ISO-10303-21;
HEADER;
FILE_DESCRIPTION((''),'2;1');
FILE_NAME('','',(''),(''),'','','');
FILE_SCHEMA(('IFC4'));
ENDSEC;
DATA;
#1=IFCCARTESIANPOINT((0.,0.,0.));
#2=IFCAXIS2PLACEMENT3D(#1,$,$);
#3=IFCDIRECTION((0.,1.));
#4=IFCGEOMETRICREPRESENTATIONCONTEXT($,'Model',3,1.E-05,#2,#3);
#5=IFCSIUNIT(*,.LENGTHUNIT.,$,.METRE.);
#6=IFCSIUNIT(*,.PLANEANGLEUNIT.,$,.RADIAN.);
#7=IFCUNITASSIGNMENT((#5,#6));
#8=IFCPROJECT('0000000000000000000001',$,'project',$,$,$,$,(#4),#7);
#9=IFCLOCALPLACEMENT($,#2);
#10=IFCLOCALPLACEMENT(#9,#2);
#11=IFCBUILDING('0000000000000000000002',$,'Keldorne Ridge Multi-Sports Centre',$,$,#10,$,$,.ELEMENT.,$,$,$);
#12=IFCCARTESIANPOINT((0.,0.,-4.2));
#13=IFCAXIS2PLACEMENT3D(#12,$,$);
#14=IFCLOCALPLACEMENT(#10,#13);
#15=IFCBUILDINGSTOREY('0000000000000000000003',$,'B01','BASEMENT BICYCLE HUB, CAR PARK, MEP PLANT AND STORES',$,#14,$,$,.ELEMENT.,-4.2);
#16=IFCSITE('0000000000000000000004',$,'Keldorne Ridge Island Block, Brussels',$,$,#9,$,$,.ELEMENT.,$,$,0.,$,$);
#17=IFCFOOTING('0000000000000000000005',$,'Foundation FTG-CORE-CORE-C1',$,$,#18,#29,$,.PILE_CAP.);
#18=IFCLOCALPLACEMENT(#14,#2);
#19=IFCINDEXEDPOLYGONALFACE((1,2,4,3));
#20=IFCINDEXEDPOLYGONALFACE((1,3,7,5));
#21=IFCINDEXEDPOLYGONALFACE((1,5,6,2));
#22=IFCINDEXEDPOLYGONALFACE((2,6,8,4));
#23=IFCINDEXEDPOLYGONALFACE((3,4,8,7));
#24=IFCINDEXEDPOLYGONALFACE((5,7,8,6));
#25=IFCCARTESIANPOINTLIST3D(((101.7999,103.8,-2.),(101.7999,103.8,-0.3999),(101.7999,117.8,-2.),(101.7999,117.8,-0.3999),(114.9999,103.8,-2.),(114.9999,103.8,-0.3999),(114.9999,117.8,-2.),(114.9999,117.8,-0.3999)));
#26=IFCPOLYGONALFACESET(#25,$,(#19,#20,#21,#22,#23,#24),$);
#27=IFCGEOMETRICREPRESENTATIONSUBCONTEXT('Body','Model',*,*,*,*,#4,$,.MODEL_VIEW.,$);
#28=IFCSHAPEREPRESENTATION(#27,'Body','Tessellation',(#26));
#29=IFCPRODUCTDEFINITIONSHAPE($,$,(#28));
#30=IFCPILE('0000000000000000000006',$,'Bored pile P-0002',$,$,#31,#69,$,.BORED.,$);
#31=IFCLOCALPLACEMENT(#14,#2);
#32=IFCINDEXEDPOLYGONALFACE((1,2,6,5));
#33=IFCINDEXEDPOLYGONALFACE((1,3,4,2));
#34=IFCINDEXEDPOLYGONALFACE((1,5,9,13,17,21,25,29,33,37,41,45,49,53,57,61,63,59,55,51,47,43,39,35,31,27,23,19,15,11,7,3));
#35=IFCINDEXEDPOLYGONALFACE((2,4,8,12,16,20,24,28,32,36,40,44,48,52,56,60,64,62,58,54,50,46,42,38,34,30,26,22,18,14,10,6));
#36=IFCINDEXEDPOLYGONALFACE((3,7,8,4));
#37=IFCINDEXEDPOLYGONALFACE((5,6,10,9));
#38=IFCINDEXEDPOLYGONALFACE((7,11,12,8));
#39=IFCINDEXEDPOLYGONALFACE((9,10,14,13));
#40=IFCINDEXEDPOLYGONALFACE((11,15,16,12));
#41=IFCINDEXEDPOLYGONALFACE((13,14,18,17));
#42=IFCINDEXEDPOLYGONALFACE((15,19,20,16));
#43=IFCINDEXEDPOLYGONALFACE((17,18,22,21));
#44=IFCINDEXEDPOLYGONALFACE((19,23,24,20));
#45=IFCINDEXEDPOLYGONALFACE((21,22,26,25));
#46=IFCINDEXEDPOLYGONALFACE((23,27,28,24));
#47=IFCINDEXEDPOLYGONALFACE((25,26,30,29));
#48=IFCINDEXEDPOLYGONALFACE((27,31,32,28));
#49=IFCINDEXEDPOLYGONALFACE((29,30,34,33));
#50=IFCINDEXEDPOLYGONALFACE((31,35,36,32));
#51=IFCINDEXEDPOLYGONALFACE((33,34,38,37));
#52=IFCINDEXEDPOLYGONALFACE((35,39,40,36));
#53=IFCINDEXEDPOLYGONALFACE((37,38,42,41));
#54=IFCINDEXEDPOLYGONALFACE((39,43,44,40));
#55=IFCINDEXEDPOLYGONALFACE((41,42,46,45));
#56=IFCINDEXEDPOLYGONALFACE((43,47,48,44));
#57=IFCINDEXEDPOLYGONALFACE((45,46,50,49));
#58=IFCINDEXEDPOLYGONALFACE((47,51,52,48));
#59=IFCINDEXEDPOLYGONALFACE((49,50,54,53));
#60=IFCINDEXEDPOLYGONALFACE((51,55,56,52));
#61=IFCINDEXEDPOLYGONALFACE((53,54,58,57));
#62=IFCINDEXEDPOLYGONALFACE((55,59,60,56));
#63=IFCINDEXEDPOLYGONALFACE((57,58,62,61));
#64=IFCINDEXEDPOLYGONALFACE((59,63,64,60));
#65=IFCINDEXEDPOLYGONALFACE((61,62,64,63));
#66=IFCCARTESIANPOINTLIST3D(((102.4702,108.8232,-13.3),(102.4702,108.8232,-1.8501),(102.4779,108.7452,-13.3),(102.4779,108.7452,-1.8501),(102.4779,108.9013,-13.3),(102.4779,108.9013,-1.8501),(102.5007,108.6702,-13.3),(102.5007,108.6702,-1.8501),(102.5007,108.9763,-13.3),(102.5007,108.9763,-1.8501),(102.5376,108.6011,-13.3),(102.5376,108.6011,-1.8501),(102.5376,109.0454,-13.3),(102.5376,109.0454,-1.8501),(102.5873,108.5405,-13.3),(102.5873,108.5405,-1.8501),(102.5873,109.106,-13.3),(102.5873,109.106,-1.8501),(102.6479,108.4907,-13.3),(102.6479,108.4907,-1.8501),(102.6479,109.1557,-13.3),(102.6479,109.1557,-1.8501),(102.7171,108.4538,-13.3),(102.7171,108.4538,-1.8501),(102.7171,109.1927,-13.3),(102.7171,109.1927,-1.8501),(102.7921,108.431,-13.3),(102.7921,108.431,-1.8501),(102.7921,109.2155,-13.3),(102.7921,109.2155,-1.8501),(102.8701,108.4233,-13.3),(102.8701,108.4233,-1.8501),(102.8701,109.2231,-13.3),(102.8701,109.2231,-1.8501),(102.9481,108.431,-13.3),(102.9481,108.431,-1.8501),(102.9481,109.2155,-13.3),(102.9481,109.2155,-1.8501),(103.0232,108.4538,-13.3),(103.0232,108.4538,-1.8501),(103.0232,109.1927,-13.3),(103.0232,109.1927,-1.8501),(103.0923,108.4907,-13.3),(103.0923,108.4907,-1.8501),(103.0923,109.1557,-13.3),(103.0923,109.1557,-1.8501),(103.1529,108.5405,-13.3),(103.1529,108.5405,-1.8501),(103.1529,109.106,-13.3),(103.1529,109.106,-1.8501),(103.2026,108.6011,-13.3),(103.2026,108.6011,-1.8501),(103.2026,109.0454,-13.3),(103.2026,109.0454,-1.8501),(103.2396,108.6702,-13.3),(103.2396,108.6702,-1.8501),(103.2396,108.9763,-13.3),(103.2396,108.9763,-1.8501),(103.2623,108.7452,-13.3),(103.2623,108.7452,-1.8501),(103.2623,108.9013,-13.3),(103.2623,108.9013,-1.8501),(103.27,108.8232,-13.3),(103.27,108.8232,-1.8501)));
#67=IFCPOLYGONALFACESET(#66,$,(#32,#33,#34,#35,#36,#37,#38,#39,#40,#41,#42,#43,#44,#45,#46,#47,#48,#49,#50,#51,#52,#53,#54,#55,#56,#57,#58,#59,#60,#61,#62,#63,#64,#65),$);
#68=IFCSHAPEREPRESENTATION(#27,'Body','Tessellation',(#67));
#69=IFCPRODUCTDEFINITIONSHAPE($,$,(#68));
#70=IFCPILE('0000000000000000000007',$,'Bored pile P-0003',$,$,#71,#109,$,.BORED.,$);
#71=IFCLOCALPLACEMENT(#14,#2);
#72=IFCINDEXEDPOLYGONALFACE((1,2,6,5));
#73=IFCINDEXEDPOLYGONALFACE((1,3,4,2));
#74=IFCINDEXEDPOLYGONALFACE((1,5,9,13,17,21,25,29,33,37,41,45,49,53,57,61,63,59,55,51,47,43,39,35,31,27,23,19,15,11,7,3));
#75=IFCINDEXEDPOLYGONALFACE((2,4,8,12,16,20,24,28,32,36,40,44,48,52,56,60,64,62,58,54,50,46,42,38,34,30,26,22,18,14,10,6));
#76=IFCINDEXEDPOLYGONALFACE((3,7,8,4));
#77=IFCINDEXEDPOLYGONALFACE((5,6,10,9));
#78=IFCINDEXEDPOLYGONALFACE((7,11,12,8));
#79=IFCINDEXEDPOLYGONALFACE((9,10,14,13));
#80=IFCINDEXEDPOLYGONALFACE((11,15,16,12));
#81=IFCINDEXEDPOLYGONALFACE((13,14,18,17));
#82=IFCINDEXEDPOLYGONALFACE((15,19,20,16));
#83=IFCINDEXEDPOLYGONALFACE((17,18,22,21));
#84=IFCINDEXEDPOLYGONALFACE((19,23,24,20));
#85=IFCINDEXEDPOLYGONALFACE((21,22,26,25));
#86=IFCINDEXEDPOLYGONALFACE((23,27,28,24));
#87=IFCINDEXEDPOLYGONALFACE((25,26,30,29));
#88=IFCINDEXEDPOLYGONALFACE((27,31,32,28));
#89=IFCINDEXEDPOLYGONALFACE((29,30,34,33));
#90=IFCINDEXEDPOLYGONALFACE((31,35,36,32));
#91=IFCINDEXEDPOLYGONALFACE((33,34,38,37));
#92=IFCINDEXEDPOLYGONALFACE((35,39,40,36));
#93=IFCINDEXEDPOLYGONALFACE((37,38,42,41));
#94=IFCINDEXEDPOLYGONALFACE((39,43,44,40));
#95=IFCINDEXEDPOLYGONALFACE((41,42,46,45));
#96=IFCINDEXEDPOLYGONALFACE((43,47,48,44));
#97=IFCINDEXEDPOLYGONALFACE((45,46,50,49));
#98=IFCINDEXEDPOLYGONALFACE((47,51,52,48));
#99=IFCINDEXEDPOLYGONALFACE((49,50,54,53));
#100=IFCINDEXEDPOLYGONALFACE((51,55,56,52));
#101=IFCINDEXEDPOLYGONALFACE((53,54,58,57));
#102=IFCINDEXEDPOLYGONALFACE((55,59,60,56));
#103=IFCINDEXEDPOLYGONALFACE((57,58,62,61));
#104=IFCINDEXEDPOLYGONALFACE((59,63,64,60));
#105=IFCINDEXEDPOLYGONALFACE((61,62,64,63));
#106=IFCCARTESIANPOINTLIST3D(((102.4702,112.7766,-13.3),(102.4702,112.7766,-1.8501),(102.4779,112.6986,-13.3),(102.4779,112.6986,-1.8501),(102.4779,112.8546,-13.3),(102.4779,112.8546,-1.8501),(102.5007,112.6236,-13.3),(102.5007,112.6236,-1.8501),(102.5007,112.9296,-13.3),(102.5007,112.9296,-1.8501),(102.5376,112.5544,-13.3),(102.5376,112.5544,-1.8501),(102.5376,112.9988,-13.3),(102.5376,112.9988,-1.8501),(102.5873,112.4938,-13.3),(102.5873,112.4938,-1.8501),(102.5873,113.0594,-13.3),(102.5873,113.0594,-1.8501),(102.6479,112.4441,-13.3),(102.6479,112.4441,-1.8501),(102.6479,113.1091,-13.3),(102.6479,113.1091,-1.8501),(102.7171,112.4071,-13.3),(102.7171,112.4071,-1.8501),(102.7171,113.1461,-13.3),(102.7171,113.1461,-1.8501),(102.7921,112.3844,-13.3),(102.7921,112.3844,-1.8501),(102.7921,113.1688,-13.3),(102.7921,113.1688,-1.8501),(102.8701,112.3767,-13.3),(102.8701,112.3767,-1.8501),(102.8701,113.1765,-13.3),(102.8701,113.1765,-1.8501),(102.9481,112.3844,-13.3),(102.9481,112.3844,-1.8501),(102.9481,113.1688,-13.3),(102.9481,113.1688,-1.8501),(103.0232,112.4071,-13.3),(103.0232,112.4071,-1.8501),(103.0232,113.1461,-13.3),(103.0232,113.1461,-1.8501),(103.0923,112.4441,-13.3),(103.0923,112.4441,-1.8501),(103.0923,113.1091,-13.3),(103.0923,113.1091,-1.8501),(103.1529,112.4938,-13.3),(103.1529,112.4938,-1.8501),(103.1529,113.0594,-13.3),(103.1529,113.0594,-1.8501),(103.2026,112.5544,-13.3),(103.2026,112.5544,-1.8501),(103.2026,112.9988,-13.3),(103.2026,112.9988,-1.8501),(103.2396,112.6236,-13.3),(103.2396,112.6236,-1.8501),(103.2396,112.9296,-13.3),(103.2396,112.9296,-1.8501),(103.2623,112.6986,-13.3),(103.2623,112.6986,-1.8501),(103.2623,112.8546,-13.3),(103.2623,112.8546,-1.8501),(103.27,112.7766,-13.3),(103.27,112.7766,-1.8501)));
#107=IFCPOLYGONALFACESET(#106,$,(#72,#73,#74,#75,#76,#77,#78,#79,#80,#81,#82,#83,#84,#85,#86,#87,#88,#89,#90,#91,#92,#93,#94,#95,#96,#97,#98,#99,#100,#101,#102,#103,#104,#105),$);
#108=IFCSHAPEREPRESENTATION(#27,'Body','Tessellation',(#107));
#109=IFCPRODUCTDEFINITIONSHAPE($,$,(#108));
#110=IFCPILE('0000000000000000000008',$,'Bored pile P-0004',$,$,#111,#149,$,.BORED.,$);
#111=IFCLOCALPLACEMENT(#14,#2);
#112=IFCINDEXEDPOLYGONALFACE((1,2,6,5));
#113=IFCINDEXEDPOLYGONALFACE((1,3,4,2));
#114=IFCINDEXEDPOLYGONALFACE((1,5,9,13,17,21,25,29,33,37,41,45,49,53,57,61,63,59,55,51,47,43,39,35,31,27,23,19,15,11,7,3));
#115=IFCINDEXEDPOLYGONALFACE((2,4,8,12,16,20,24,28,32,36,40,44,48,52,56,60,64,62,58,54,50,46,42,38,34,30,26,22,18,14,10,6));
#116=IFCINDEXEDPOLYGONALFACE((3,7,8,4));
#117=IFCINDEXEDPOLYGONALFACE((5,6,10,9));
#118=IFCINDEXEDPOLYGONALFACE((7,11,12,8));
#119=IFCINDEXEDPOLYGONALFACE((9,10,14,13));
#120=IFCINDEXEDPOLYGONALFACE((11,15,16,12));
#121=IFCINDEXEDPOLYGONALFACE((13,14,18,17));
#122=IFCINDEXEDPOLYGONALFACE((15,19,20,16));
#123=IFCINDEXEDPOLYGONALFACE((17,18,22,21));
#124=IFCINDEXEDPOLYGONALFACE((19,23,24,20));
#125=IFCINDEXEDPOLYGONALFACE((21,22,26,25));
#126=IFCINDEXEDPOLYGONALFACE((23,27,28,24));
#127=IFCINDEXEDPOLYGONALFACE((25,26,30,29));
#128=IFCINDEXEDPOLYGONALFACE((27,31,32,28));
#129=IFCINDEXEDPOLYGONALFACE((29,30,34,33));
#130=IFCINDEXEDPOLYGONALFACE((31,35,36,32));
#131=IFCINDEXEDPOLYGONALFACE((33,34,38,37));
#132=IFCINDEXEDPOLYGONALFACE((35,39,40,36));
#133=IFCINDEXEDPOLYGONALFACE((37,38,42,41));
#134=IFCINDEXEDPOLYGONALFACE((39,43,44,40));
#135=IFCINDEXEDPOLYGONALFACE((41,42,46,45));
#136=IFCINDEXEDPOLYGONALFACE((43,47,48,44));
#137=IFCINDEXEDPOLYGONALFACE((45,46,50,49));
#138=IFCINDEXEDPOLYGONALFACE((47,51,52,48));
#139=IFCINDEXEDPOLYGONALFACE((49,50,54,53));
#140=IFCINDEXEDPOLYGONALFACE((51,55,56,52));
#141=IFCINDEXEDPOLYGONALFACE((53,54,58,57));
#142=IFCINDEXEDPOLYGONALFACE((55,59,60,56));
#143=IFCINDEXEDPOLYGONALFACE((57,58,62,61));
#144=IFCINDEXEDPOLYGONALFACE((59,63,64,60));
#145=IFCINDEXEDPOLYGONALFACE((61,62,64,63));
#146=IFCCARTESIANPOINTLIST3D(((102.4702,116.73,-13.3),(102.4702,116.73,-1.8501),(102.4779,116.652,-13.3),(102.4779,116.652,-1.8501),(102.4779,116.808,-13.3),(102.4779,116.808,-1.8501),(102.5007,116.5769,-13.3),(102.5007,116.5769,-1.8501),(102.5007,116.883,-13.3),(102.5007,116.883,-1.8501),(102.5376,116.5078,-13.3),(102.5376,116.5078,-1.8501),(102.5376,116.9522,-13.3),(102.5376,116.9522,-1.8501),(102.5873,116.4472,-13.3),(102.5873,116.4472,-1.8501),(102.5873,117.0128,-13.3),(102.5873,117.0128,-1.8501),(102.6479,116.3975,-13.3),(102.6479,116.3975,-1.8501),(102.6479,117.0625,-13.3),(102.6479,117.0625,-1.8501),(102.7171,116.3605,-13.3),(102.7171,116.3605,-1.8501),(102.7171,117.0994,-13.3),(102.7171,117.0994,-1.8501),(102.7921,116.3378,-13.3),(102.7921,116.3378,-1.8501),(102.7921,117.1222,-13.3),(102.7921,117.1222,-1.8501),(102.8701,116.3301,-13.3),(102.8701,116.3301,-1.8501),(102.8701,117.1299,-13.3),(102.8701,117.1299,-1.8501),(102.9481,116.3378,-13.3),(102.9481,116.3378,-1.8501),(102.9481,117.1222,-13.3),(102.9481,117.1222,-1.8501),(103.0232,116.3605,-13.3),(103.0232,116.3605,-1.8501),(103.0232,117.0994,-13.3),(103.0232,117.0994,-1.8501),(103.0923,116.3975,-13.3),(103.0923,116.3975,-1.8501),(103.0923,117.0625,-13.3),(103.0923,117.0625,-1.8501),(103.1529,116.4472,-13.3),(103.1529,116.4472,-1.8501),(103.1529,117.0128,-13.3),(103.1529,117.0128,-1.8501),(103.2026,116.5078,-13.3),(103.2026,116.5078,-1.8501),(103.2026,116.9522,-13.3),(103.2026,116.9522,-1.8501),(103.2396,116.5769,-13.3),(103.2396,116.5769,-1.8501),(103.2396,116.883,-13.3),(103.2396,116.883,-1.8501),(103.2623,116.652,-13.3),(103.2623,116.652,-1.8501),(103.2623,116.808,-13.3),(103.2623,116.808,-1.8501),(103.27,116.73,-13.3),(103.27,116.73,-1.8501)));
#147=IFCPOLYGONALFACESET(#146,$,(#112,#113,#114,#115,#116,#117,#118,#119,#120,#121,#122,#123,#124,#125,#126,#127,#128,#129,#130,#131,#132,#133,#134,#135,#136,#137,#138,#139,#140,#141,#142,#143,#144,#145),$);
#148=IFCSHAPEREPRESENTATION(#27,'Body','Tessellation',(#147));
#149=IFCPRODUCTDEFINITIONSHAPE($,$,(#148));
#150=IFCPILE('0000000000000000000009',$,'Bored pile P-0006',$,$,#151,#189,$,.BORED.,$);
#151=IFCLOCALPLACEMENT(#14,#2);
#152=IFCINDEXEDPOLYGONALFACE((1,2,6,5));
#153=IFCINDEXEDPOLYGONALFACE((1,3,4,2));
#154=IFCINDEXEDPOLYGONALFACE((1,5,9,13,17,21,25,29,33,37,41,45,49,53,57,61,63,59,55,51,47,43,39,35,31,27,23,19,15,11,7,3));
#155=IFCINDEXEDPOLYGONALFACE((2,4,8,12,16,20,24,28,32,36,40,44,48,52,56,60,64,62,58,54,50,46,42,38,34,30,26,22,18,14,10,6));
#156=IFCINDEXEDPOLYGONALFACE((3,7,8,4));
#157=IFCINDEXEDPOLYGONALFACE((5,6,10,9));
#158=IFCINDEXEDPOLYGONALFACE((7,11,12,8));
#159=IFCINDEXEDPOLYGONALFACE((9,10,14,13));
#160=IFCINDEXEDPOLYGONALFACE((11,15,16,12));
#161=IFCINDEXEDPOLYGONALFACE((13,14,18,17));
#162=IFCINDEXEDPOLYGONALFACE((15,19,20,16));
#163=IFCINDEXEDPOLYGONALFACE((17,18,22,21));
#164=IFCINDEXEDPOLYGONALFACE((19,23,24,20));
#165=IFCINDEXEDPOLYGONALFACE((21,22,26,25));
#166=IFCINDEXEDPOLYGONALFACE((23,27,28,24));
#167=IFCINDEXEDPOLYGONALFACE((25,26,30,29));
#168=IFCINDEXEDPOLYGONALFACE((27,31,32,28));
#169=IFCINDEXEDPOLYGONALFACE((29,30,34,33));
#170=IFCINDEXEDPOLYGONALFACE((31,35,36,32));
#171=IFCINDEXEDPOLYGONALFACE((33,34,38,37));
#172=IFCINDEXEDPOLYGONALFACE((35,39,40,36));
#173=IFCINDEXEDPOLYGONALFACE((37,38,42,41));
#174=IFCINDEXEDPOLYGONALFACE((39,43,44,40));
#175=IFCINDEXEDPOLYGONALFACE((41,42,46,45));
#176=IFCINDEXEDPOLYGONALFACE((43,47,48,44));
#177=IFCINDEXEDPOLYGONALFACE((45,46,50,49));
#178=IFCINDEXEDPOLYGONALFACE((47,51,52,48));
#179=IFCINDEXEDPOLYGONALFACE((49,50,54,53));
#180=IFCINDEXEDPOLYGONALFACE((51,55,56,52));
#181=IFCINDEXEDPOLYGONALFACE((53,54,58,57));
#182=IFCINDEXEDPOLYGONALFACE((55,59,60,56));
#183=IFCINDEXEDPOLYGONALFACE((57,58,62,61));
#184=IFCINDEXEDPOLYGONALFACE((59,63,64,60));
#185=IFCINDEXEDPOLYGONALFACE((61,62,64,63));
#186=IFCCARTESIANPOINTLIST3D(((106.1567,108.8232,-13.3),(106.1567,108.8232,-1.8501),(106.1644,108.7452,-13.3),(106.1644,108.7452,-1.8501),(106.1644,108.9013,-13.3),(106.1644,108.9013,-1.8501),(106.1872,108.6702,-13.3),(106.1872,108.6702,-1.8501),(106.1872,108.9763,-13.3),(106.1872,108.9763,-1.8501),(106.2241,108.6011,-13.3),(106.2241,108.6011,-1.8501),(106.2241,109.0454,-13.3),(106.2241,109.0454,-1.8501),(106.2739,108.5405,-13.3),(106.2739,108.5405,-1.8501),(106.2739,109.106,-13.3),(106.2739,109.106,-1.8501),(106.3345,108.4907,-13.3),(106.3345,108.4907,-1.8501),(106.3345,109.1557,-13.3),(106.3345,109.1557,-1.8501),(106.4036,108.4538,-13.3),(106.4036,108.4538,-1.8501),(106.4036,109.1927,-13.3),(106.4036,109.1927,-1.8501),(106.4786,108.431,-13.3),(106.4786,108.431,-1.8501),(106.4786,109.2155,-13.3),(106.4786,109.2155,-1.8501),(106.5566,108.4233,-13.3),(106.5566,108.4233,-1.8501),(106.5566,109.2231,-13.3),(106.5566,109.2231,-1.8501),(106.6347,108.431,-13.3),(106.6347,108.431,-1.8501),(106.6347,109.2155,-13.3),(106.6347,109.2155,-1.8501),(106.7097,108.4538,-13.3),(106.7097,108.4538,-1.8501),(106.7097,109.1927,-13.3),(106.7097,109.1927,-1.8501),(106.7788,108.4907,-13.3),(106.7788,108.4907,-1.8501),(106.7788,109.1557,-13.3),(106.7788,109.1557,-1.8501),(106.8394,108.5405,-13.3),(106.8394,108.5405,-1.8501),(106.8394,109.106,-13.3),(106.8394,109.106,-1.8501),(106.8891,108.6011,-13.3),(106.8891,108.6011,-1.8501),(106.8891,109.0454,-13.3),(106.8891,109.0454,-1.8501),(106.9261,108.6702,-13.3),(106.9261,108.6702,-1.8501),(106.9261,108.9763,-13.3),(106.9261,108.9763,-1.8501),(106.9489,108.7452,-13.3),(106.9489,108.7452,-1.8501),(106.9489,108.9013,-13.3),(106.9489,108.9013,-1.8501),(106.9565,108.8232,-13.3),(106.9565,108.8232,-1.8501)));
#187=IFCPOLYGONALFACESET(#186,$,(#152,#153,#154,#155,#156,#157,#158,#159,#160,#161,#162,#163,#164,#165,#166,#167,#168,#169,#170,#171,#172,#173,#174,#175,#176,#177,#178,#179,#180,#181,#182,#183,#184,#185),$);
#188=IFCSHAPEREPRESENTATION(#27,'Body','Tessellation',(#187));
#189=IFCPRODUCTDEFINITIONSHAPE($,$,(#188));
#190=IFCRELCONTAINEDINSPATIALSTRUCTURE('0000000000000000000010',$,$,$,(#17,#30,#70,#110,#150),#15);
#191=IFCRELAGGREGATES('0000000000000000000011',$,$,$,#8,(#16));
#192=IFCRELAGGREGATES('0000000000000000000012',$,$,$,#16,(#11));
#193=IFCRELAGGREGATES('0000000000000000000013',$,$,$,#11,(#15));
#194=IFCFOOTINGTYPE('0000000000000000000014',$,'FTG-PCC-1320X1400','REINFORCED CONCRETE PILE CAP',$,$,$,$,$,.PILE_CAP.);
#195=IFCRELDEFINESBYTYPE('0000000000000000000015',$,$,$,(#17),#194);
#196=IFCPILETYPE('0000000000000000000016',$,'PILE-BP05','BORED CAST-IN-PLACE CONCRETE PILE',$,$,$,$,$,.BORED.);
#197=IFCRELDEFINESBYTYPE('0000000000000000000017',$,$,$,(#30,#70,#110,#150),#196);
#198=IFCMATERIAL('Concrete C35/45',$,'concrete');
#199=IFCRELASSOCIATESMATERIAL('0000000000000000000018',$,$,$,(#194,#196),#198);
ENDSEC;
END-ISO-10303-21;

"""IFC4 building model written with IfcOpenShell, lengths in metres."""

from ifc_helpers import new_model, si_unit, direction, frame, origin, origin_2d, place, context, subcontext, project, spatial, rectangle, circle, extrude, material, material_profile, profile_set, type_object, element, save


model = new_model("IFC4")

# Units and contexts
model_context = context("Model", 3, precision=1e-05, world=origin(), true_north=direction((0.0, 1.0)))
body_context = subcontext(model_context, "Body", "Model", "MODEL_VIEW")
ifc_project = project(units=[si_unit("LENGTHUNIT", "METRE"), si_unit("PLANEANGLEUNIT", "RADIAN")], contexts=[model_context])

# Site, building, storey
site_placement = place(None, origin())
site = spatial("IfcSite", under=ifc_project, at=site_placement, Name="Keldorne Ridge Island Block, Brussels", CompositionType="ELEMENT", RefElevation=0.0)
building_placement = place(site_placement, origin())
building = spatial("IfcBuilding", under=site, at=building_placement, Name="Keldorne Ridge Multi-Sports Centre", CompositionType="ELEMENT")
storey_placement = place(building_placement, frame((0.0, 0.0, -4.2)))
storey = spatial("IfcBuildingStorey", under=building, at=storey_placement, Name="B01", Description="BASEMENT BICYCLE HUB, CAR PARK, MEP PLANT AND STORES", CompositionType="ELEMENT", Elevation=-4.2)

# Footing
ifc_material_1 = material(Name="Concrete C35/45", Category="concrete")
footing_type = type_object("IfcFootingType", Name="FTG-PCC-1320X1400", Description="REINFORCED CONCRETE PILE CAP", PredefinedType="PILE_CAP", material=ifc_material_1)
footing_placement = place(storey_placement, frame((108.3999, 110.8, -2.0), z_axis=(0.0, 0.0, 1.0), x_axis=(1.0, 0.0, 0.0)))
element("IfcFooting", 1, at=footing_placement, inside=storey, type_object=footing_type, Name="Foundation FTG-CORE-CORE-C1", PredefinedType="PILE_CAP", context=body_context, shape_type="SweptSolid", body=[
    extrude(rectangle(XDim=13.2, YDim=14.0, at=origin_2d()), origin(), (0.0, 0.0, 1.0), 1.6001),
])

# Piles
ifc_material_profile_1 = material_profile(ifc_material_1, circle(Radius=0.3999, at=origin_2d()), Name="BORED PILE D800")
ifc_profile_set_1 = profile_set([ifc_material_profile_1], Name="Concrete C35/45")
pile_type_1 = type_object("IfcPileType", Name="PILE-BP05", Description="BORED CAST-IN-PLACE CONCRETE PILE", PredefinedType="BORED", material=ifc_profile_set_1)
for number, where, z_axis, x_axis, name in (
    (2, (102.8701, 108.8232, -1.8501), (0.0, 0.0, -1.0), (1.0, 0.0, 0.0), "Bored pile P-0002"),
    (3, (102.8701, 112.7766, -1.8501), (0.0, 0.0, -1.0), (1.0, 0.0, 0.0), "Bored pile P-0003"),
    (4, (102.8701, 116.73, -1.8501), (0.0, 0.0, -1.0), (1.0, 0.0, 0.0), "Bored pile P-0004"),
    (5, (106.5566, 108.8232, -1.8501), (0.0, 0.0, -1.0), (1.0, 0.0, 0.0), "Bored pile P-0006"),
):
    element("IfcPile", number, at=place(storey_placement, frame(where, z_axis=z_axis, x_axis=x_axis)), inside=storey, type_object=pile_type_1, Name=name, PredefinedType="BORED", context=body_context, shape_type="SweptSolid", body=[
        extrude(circle(Radius=0.3999, at=origin_2d()), origin(), (0.0, 0.0, 1.0), 11.45),
    ])

save(model, "model.ifc")
